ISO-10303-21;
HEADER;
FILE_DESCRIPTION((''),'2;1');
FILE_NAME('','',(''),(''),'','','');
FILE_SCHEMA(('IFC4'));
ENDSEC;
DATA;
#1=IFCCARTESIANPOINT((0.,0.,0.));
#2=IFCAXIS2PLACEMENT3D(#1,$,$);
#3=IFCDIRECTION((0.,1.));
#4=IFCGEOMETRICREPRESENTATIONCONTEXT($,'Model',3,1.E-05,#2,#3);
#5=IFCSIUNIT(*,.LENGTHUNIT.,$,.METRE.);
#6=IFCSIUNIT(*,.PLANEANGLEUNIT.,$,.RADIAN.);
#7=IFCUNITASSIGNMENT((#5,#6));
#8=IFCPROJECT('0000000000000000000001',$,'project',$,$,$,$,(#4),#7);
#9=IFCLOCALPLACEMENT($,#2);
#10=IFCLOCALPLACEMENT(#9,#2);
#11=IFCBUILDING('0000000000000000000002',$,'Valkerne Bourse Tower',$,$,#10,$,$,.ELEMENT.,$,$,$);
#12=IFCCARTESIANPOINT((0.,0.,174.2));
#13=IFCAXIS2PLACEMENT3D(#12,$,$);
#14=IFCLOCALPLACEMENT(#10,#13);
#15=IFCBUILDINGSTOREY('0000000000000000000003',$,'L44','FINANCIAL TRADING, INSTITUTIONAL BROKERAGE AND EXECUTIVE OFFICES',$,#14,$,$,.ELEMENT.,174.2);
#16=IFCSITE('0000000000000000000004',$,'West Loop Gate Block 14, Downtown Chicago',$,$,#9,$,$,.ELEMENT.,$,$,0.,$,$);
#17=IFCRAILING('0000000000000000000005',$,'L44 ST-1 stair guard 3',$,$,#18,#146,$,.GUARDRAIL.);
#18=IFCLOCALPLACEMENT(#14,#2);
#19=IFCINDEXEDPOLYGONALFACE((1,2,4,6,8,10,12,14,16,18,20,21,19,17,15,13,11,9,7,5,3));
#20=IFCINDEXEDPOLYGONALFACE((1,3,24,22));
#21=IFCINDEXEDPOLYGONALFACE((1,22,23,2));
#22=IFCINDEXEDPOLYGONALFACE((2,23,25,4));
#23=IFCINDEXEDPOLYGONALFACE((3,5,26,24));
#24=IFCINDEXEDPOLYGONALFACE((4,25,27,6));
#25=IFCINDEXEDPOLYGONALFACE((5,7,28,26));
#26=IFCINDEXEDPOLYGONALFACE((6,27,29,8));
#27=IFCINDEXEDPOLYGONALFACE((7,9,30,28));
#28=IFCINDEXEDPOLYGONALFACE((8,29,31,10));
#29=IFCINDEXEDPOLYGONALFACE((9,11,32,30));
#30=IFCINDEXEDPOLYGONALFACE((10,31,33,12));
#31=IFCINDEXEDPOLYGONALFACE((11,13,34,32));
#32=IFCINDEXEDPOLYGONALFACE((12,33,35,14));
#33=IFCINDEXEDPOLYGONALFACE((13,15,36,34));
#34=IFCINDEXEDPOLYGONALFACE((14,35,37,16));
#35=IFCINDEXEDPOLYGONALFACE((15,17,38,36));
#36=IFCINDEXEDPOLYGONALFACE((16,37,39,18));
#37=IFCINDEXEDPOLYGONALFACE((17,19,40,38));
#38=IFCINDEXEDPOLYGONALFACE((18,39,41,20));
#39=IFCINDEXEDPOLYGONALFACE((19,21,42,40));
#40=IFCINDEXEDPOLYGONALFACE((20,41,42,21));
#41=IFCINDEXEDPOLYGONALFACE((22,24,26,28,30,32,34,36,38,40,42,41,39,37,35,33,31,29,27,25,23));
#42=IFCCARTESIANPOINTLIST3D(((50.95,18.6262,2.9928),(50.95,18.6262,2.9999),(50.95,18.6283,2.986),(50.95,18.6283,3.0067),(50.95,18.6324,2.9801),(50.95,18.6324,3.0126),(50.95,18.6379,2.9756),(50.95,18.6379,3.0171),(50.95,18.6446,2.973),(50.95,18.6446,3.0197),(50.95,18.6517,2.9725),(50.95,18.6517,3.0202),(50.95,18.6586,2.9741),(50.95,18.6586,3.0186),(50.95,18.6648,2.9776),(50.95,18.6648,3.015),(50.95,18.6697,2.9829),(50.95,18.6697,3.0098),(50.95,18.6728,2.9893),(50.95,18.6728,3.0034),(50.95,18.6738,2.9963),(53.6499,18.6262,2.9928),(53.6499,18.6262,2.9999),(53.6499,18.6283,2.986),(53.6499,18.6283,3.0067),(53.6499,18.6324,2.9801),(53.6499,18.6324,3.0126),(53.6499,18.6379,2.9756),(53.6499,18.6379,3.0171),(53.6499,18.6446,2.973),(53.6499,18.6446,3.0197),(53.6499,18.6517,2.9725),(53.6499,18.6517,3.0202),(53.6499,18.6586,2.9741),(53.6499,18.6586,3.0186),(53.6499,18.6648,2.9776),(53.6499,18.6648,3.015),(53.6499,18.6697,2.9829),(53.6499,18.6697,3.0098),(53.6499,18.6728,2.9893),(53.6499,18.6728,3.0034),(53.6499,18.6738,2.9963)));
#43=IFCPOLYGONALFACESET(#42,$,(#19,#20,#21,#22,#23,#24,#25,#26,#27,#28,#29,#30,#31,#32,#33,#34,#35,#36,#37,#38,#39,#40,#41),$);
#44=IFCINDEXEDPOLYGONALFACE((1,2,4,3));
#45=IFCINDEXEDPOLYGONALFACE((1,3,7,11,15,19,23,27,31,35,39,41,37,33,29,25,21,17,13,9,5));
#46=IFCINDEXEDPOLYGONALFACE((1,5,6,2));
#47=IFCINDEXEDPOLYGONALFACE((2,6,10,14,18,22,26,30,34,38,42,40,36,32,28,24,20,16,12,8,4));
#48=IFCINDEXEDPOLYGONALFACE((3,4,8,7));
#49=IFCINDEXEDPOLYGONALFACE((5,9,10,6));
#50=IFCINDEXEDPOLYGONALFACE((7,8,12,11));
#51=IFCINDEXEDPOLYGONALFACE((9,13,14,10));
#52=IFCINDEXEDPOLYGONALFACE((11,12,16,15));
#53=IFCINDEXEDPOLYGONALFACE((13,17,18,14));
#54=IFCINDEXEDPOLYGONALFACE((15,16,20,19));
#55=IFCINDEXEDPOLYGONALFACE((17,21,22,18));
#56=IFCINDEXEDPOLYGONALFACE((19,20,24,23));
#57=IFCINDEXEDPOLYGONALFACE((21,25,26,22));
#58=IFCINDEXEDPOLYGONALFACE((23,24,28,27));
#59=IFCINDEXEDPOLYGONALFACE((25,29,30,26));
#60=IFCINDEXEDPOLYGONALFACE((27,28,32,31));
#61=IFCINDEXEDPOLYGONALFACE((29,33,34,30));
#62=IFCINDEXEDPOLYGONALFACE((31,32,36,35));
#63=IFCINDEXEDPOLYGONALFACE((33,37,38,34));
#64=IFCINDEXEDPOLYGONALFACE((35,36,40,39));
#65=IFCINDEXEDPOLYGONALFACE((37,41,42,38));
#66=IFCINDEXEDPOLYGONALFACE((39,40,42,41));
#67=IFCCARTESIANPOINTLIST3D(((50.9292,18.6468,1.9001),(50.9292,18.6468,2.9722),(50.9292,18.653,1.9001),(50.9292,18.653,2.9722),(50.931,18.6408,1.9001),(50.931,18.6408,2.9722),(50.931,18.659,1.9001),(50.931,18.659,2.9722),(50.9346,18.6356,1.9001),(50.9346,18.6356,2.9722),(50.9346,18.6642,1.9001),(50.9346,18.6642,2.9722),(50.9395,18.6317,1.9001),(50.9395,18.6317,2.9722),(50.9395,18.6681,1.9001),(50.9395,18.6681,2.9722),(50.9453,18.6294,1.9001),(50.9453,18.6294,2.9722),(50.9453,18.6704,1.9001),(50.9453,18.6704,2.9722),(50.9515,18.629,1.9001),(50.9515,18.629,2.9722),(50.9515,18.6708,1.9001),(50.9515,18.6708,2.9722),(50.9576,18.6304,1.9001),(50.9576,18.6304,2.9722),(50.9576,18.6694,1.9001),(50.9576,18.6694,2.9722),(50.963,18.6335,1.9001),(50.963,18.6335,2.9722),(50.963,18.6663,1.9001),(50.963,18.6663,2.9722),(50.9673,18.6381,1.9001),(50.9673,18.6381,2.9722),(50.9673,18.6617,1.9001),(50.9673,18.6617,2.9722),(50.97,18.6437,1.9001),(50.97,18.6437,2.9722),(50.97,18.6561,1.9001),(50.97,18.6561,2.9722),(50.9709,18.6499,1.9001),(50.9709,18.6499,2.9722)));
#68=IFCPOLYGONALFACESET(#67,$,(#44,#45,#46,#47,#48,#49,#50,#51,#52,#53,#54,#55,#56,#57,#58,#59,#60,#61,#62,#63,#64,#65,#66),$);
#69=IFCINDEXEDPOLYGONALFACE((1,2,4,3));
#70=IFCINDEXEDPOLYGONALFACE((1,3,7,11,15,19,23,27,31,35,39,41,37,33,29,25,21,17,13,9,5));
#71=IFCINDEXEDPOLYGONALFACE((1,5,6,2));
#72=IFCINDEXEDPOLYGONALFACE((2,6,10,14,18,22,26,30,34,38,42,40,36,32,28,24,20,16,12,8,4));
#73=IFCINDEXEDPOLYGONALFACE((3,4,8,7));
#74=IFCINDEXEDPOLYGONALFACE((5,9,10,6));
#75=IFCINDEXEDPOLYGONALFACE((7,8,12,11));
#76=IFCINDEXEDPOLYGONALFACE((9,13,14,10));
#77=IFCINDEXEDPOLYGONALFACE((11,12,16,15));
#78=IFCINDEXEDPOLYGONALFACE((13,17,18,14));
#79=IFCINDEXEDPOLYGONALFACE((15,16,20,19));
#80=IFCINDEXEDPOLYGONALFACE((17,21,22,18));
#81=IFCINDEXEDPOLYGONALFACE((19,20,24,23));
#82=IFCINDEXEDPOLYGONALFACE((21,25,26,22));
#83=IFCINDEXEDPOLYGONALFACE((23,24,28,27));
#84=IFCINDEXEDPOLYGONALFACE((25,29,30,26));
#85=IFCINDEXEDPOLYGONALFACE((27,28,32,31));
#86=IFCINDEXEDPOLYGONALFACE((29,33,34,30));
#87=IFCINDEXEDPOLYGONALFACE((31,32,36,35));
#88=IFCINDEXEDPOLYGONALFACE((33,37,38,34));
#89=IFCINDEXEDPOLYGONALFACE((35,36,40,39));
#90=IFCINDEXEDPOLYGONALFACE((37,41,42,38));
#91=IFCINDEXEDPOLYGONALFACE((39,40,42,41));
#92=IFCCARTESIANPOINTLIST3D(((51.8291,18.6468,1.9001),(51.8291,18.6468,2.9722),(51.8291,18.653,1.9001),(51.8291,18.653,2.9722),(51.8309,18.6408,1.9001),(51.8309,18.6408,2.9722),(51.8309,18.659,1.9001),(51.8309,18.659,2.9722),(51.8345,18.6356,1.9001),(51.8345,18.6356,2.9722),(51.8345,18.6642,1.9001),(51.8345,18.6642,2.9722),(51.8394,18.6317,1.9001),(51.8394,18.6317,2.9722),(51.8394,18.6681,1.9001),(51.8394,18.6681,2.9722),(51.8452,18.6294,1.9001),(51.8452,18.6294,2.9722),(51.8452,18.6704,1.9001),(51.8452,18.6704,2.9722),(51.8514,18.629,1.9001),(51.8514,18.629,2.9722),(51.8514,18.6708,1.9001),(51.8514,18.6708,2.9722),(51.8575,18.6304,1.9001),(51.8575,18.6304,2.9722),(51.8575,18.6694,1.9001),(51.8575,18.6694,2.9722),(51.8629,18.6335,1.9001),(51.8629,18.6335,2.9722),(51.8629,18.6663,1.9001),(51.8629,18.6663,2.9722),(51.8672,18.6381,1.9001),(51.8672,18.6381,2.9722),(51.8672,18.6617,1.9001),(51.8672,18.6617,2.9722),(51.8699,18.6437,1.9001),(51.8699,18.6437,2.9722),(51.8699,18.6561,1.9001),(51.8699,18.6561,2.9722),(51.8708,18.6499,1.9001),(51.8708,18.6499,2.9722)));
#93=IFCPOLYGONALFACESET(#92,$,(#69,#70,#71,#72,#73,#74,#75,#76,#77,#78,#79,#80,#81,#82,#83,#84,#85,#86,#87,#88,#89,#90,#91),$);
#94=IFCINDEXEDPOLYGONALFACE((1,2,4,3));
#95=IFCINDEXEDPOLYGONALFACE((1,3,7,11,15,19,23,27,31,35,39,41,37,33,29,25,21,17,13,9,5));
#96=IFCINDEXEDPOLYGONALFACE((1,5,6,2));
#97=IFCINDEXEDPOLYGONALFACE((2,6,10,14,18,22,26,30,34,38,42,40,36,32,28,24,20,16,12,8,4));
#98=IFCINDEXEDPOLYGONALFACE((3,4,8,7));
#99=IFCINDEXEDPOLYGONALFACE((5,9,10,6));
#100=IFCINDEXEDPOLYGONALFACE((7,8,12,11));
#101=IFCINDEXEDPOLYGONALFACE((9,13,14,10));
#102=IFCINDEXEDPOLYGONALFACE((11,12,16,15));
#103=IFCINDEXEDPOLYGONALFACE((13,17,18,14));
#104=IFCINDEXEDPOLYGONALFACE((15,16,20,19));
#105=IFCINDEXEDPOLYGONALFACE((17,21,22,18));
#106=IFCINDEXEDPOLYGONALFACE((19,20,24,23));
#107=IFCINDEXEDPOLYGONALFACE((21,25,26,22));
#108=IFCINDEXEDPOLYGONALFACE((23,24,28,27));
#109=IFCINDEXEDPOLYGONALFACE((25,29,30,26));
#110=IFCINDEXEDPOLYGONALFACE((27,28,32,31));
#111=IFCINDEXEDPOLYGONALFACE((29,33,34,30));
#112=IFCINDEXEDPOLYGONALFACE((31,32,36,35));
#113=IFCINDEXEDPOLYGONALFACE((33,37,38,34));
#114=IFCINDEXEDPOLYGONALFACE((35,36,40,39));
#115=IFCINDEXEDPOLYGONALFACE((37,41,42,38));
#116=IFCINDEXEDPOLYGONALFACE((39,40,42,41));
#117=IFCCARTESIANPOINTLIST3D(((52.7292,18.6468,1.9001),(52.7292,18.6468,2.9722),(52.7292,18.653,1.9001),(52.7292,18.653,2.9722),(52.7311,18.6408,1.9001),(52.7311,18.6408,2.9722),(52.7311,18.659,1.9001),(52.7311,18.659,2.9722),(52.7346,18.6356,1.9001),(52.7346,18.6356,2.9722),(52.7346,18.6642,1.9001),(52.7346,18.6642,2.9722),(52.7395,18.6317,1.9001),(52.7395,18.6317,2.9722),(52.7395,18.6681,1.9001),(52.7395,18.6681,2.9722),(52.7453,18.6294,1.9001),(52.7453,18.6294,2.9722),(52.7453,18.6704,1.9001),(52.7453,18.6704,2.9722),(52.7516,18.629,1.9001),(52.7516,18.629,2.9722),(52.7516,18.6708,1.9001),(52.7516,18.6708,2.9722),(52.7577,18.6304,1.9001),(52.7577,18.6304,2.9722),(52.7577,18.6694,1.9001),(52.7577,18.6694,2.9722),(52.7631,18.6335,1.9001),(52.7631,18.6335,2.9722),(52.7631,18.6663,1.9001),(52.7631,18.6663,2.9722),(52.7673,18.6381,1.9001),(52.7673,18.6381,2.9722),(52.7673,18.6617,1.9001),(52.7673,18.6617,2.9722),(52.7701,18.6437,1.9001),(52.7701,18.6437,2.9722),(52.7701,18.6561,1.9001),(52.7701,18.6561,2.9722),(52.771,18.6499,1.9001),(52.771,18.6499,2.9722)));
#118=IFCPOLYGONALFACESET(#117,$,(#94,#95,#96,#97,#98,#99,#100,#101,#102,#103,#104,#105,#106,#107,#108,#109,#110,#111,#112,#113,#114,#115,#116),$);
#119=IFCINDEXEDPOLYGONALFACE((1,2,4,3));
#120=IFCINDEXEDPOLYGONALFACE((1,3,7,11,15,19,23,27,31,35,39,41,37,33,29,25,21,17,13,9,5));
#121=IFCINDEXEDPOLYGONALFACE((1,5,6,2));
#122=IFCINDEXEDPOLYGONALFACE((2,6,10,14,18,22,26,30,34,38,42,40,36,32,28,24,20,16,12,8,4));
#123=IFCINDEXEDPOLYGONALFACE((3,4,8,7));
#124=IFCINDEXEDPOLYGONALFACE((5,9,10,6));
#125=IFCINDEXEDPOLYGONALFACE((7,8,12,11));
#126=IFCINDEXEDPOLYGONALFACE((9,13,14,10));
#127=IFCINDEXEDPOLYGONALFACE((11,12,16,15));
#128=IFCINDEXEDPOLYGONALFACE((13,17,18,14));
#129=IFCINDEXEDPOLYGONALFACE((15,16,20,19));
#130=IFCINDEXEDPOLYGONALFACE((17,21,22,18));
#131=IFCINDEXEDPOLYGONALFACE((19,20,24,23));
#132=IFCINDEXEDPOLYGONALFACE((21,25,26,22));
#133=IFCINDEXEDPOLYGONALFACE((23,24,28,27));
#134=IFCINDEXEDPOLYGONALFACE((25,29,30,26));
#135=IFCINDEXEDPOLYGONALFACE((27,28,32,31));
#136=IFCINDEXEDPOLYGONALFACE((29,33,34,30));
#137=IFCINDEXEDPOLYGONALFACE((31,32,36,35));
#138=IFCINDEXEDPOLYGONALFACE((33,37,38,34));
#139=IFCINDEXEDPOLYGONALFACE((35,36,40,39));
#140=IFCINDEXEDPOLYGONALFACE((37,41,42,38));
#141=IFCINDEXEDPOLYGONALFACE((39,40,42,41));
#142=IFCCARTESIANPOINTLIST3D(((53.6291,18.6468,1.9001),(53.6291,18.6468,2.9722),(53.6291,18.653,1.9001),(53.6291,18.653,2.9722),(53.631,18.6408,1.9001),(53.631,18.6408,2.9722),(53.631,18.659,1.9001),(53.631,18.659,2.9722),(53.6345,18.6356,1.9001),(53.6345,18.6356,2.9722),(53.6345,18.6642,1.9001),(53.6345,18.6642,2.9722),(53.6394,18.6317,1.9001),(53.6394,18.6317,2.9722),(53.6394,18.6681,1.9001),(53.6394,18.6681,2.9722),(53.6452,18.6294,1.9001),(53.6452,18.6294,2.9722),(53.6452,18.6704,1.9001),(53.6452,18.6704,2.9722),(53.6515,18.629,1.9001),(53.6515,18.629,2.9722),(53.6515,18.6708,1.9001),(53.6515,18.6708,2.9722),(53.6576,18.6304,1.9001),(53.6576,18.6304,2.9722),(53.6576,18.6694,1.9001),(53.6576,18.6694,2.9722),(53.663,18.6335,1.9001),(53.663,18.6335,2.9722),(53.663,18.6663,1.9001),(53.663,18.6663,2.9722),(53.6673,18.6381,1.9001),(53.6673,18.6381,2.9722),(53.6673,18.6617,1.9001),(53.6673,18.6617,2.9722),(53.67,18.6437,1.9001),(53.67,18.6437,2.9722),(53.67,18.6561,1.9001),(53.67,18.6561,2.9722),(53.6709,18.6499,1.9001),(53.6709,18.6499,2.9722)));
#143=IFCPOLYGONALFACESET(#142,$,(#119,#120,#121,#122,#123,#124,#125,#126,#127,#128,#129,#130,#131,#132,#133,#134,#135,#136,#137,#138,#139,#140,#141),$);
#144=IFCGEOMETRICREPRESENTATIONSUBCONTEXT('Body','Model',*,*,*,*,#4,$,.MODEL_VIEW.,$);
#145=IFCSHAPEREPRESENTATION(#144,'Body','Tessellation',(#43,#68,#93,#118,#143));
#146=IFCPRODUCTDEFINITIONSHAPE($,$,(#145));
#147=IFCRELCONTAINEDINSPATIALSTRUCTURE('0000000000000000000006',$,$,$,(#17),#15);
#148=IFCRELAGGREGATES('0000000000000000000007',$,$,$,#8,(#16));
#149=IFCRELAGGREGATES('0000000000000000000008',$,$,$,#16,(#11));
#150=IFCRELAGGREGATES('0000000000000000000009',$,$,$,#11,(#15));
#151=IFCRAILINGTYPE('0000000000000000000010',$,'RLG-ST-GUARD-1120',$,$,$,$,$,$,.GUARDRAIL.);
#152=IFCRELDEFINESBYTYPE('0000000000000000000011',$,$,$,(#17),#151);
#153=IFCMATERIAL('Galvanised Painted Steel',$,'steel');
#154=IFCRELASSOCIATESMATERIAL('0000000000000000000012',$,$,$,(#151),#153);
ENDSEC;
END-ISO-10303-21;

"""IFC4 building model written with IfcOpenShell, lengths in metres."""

from ifc_helpers import new_model, si_unit, direction, frame, origin, origin_2d, place, context, subcontext, project, spatial, circle, extrude, material, type_object, element, save


model = new_model("IFC4")

# Units and contexts
model_context = context("Model", 3, precision=1e-05, world=origin(), true_north=direction((0.0, 1.0)))
body_context = subcontext(model_context, "Body", "Model", "MODEL_VIEW")
ifc_project = project(units=[si_unit("LENGTHUNIT", "METRE"), si_unit("PLANEANGLEUNIT", "RADIAN")], contexts=[model_context])

# Site, building, storey
site_placement = place(None, origin())
site = spatial("IfcSite", under=ifc_project, at=site_placement, Name="West Loop Gate Block 14, Downtown Chicago", CompositionType="ELEMENT", RefElevation=0.0)
building_placement = place(site_placement, origin())
building = spatial("IfcBuilding", under=site, at=building_placement, Name="Valkerne Bourse Tower", CompositionType="ELEMENT")
storey_placement = place(building_placement, frame((0.0, 0.0, 174.2)))
storey = spatial("IfcBuildingStorey", under=building, at=storey_placement, Name="L44", Description="FINANCIAL TRADING, INSTITUTIONAL BROKERAGE AND EXECUTIVE OFFICES", CompositionType="ELEMENT", Elevation=174.2)

# Shared definitions
ifc_material_1 = material(Name="Galvanised Painted Steel", Category="steel")

# Railing
railing_type_1 = type_object("IfcRailingType", Name="RLG-ST-GUARD-1120", PredefinedType="GUARDRAIL", material=ifc_material_1)
for number, where, name in (
    (1, (50.95, 18.6499, 1.9001), "L44 ST-1 stair guard 3"),
):
    element("IfcRailing", number, at=place(storey_placement, frame(where)), inside=storey, type_object=railing_type_1, Name=name, PredefinedType="GUARDRAIL", context=body_context, shape_type="SweptSolid", body=[
        extrude(circle(Radius=0.0239, at=origin_2d()), frame((0.0, 0.0, 1.0962), z_axis=(1.0, 0.0, 0.0), x_axis=(0.0, 1.0, 0.0)), (0.0, 0.0, 1.0), 2.7),
        extrude(circle(Radius=0.021, at=origin_2d()), origin(), (0.0, 0.0, 1.0), 1.072),
        extrude(circle(Radius=0.021, at=origin_2d()), frame((0.8999, 0.0, 0.0)), (0.0, 0.0, 1.0), 1.072),
        extrude(circle(Radius=0.021, at=origin_2d()), frame((1.8, 0.0, 0.0)), (0.0, 0.0, 1.0), 1.072),
        extrude(circle(Radius=0.021, at=origin_2d()), frame((2.7, 0.0, 0.0)), (0.0, 0.0, 1.0), 1.072),
    ])

save(model, "model.ifc")
